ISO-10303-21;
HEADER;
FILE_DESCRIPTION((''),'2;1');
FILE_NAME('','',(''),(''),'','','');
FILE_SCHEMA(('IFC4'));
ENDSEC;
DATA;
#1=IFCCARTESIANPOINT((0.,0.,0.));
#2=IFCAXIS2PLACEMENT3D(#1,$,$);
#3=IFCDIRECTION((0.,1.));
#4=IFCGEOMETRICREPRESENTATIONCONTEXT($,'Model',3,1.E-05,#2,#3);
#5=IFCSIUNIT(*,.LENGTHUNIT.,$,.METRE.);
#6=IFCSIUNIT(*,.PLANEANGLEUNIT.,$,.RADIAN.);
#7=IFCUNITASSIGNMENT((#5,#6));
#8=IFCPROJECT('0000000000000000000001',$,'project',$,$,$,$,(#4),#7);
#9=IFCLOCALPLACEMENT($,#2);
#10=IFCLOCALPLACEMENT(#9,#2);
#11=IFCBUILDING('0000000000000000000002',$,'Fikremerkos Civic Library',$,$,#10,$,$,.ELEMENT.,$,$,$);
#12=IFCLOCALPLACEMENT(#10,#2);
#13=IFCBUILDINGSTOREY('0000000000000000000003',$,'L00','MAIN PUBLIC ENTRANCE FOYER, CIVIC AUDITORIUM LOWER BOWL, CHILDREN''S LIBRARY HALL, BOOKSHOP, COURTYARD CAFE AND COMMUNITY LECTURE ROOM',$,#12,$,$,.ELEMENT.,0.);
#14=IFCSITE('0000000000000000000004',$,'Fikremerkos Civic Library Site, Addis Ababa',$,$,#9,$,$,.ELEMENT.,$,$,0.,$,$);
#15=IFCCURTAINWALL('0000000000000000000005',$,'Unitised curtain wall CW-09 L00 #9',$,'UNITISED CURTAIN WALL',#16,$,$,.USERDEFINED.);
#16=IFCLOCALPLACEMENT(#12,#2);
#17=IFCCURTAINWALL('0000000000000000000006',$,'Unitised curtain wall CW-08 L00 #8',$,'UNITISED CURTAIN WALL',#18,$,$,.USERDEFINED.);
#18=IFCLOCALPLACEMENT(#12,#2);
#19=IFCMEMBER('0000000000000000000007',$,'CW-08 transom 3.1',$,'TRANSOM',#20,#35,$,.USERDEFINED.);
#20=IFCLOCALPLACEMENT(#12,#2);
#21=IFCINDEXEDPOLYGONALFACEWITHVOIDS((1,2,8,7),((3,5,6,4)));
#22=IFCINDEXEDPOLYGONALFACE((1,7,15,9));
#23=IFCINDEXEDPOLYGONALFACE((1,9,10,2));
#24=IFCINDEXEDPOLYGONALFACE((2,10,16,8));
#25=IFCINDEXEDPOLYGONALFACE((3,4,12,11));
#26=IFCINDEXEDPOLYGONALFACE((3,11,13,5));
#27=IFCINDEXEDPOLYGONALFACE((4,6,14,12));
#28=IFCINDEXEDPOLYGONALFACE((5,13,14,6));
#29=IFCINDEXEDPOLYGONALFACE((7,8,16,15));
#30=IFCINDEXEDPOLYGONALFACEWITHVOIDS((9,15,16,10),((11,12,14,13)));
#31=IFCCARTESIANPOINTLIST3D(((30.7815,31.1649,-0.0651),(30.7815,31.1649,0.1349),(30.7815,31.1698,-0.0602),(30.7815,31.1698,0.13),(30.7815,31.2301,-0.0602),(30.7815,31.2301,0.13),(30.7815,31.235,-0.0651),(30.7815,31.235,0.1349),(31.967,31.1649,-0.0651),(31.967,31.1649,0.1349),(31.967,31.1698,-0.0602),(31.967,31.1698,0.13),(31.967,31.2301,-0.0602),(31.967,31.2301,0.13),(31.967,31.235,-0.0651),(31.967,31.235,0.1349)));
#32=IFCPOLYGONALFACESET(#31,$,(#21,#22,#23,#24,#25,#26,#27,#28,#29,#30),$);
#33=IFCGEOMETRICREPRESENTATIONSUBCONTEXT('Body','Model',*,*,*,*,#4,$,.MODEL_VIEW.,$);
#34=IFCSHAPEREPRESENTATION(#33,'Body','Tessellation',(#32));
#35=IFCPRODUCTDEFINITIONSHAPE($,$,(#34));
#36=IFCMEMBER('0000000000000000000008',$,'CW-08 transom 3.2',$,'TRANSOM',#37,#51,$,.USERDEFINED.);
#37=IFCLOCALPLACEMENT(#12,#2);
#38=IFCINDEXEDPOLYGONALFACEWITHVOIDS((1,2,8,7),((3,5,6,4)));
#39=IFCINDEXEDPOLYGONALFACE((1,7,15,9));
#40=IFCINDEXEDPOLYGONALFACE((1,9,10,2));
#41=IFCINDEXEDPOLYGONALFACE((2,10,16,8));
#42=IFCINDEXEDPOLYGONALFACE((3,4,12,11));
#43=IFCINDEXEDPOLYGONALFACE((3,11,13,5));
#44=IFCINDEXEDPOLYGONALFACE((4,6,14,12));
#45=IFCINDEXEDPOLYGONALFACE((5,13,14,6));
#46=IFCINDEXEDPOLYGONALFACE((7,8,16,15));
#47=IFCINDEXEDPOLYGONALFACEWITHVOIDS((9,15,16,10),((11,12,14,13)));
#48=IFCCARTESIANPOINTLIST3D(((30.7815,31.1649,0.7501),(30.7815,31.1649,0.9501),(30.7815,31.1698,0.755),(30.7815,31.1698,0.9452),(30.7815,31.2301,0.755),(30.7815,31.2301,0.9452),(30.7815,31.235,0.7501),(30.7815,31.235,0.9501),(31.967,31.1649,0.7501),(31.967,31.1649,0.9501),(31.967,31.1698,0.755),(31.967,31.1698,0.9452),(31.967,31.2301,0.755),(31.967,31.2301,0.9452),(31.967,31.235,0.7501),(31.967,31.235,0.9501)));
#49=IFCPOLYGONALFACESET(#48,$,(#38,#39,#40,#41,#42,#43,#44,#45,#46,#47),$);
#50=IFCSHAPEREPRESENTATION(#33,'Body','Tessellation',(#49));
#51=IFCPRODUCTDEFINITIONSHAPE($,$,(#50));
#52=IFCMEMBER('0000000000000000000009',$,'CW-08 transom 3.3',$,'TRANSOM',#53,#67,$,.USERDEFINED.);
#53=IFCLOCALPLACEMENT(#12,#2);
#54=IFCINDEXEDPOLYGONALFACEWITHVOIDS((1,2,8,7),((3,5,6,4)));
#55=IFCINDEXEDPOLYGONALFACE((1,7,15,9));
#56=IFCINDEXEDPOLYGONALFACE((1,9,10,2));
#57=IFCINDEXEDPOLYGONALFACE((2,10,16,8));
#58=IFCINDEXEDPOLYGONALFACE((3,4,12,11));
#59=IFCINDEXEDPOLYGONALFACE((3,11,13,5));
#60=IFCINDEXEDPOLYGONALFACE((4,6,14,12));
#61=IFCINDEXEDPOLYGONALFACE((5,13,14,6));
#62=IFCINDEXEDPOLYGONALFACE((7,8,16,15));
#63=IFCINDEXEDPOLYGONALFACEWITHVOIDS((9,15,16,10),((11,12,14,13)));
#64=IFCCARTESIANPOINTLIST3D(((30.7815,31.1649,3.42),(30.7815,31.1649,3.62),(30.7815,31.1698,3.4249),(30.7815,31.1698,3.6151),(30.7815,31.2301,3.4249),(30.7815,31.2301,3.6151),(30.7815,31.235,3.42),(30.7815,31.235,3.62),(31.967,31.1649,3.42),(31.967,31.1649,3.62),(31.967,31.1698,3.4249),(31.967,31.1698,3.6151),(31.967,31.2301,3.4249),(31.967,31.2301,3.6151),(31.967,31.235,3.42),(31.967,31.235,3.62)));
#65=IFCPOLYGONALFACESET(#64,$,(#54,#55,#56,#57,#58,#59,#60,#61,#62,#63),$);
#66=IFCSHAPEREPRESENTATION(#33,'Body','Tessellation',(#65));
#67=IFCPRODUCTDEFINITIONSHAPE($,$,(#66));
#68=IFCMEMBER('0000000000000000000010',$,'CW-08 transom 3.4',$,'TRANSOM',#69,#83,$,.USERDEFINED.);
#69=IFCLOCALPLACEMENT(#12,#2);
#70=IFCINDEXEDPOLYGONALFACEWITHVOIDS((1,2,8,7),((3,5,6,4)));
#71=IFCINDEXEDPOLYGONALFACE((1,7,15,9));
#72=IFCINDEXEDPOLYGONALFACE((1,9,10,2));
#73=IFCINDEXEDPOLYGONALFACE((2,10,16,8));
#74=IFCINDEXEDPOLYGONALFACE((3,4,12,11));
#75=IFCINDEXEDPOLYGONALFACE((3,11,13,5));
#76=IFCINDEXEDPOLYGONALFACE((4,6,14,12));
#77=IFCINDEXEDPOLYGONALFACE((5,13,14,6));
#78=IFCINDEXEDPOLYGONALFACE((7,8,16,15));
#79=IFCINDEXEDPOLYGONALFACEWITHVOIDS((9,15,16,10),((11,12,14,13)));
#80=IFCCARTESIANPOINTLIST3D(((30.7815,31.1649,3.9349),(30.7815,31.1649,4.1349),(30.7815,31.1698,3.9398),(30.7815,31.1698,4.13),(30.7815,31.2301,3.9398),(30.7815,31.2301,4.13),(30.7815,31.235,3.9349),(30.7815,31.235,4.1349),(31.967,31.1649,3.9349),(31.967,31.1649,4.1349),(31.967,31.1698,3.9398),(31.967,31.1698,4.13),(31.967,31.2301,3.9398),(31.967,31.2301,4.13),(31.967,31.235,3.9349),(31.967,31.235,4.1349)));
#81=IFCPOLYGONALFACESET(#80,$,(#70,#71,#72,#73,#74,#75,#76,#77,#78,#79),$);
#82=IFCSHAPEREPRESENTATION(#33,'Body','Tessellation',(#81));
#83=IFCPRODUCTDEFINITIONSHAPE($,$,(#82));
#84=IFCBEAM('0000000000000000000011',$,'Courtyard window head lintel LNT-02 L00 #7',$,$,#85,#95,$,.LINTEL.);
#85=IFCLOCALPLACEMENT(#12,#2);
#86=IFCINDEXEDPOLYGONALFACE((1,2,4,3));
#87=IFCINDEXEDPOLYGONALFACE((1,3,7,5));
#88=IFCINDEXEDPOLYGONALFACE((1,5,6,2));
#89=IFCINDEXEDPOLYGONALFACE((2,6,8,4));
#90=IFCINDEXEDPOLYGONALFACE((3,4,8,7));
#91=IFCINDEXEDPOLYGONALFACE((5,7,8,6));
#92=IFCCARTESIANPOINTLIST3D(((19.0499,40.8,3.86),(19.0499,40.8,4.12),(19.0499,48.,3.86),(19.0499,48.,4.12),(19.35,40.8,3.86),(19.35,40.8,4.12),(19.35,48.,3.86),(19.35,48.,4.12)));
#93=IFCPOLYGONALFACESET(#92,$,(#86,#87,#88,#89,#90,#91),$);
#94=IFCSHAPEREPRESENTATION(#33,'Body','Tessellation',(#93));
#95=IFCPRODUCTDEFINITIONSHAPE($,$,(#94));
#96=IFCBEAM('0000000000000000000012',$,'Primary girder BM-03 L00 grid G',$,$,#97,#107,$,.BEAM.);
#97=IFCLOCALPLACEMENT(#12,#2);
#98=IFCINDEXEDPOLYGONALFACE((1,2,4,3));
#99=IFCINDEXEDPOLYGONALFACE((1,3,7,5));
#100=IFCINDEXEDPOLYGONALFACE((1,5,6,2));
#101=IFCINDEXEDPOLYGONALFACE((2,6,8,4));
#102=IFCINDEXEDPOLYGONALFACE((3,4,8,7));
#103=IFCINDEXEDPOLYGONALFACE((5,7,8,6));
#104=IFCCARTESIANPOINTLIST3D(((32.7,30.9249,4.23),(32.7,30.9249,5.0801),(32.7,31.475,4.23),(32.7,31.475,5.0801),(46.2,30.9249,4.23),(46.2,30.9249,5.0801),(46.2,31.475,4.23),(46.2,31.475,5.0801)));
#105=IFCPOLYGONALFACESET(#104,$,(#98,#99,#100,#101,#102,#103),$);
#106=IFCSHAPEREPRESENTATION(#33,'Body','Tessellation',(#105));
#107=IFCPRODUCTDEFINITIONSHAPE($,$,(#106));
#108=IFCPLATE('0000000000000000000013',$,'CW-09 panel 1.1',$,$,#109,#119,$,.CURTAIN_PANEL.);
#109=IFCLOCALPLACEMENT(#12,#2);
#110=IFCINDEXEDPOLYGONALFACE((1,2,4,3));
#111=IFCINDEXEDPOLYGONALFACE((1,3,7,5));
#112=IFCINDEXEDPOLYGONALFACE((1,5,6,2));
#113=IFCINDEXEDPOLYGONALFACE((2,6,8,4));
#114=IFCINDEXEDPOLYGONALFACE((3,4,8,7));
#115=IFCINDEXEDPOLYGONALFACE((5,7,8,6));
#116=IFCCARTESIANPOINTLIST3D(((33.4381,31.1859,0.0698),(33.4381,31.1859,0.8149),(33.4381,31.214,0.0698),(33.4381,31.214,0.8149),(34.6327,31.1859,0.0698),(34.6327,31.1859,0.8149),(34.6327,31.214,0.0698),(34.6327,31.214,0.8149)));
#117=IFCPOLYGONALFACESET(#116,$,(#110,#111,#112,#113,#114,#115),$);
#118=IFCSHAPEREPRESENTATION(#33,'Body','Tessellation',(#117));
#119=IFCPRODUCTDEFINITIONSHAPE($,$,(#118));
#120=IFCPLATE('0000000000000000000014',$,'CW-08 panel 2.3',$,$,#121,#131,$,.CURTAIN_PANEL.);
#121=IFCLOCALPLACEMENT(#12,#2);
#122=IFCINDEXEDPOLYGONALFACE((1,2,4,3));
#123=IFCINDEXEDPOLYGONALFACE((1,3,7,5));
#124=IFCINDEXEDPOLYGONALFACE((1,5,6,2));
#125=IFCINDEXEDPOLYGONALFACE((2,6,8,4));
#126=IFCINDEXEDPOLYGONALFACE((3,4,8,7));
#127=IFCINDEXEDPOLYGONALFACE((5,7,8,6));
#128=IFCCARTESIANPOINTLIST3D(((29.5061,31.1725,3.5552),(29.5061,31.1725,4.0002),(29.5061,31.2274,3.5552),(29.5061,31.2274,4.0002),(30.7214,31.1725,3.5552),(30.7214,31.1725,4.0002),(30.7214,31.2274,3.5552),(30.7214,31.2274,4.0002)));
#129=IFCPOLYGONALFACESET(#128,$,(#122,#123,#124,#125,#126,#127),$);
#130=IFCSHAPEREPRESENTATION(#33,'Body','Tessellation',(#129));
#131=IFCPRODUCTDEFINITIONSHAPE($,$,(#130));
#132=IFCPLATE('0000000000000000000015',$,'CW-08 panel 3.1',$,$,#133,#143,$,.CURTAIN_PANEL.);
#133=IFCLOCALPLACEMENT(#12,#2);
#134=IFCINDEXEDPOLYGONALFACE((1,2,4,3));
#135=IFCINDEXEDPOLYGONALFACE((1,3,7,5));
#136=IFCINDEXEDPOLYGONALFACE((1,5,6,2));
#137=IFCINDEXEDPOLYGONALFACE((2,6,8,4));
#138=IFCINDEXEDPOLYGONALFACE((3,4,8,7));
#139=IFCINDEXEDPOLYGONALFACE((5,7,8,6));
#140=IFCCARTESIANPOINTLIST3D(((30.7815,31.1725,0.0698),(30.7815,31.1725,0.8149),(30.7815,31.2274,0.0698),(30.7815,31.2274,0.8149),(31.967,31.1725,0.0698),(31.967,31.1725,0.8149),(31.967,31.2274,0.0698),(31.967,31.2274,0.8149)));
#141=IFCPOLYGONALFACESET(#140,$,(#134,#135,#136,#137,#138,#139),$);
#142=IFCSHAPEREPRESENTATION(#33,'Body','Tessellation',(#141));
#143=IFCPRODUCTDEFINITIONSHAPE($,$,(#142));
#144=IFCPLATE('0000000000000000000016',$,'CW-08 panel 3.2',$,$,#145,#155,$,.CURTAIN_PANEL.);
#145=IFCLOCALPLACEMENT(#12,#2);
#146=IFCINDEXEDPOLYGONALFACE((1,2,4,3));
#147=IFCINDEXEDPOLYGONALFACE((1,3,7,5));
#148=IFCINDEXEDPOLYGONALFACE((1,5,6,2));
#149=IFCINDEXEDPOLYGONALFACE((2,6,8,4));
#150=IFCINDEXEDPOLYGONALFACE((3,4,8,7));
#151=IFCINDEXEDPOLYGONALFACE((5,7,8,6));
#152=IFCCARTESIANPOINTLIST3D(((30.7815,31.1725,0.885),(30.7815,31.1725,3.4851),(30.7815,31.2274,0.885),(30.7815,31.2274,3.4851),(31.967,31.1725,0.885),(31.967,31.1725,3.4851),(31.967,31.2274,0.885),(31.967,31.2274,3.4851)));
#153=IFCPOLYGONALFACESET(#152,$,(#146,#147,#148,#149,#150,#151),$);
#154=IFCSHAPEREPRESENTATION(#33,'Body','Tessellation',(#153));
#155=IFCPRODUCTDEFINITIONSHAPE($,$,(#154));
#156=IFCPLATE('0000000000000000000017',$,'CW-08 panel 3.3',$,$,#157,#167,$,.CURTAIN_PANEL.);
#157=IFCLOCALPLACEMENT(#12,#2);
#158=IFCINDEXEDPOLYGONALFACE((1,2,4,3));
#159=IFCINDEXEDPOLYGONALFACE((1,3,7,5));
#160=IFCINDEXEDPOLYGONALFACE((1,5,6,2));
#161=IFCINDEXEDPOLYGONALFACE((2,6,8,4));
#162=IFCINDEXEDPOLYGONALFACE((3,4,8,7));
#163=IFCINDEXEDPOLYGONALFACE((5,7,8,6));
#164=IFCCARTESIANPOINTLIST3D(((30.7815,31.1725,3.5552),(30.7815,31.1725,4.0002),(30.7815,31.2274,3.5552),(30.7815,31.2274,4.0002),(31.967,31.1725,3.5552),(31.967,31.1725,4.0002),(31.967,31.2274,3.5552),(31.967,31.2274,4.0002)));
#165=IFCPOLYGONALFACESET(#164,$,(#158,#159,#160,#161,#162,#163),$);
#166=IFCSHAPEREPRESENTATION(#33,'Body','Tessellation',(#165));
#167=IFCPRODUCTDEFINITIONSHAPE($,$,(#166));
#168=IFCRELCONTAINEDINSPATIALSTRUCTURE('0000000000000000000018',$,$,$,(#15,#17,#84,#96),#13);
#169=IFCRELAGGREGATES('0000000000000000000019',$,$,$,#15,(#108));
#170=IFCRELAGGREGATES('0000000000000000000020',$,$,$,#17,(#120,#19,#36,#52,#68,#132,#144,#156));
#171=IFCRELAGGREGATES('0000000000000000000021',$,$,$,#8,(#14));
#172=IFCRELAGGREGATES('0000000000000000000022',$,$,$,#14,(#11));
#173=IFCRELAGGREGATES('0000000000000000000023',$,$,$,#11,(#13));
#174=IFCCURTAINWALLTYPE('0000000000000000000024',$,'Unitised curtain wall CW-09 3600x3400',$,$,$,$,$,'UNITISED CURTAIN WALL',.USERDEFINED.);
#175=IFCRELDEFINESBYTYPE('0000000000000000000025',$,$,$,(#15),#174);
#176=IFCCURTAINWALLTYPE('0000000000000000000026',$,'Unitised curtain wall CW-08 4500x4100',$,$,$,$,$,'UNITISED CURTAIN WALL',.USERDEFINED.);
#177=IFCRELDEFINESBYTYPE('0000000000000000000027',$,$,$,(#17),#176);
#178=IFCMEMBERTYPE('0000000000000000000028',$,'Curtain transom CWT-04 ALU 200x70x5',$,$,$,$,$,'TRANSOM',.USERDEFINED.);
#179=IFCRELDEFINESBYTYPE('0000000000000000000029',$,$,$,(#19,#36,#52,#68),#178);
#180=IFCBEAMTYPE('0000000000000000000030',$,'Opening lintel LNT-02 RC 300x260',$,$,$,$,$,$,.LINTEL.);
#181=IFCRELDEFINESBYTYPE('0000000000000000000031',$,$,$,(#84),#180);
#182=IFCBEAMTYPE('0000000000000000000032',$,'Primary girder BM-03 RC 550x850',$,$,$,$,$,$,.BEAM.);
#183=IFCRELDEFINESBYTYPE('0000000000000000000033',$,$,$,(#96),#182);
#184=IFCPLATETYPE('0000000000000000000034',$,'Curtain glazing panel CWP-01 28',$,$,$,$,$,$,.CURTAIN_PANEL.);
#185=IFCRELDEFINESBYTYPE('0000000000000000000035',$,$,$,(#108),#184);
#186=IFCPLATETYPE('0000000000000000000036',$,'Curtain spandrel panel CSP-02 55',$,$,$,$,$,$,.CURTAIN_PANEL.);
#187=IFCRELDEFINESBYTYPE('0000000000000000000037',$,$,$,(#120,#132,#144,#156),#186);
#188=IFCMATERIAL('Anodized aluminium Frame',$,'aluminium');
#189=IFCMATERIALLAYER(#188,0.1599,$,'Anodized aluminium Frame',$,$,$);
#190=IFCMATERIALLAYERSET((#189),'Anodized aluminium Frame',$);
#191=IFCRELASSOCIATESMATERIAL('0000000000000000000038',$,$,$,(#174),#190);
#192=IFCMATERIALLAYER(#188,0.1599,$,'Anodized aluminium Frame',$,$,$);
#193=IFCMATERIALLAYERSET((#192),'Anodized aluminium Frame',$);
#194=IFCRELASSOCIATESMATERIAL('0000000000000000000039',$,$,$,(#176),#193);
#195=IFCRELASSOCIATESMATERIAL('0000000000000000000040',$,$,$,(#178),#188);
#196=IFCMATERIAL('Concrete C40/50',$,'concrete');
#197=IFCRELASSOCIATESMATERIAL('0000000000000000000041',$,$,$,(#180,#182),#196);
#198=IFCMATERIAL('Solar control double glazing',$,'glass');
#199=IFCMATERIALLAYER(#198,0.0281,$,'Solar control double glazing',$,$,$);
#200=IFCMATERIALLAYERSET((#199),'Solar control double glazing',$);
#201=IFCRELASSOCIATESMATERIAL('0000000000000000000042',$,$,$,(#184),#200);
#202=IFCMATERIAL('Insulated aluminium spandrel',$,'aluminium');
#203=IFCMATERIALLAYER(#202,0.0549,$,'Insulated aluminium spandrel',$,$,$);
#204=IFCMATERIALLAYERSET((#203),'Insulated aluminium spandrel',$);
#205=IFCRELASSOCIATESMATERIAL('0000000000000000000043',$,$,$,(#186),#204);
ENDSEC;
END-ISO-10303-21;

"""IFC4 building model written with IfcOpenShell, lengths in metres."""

from ifc_helpers import new_model, si_unit, direction, frame, origin, origin_2d, place, context, subcontext, project, spatial, rectangle, hollow_rectangle, extrude, material, layer, layer_set, material_profile, profile_set, type_object, element, aggregate, save


model = new_model("IFC4")

# Units and contexts
model_context = context("Model", 3, precision=1e-05, world=origin(), true_north=direction((0.0, 1.0)))
body_context = subcontext(model_context, "Body", "Model", "MODEL_VIEW")
ifc_project = project(units=[si_unit("LENGTHUNIT", "METRE"), si_unit("PLANEANGLEUNIT", "RADIAN")], contexts=[model_context])

# Site, building, storey
site_placement = place(None, origin())
site = spatial("IfcSite", under=ifc_project, at=site_placement, Name="Fikremerkos Civic Library Site, Addis Ababa", CompositionType="ELEMENT", RefElevation=0.0)
building_placement = place(site_placement, origin())
building = spatial("IfcBuilding", under=site, at=building_placement, Name="Fikremerkos Civic Library", CompositionType="ELEMENT")
storey_placement = place(building_placement, origin())
storey = spatial("IfcBuildingStorey", under=building, at=storey_placement, Name="L00", Description="MAIN PUBLIC ENTRANCE FOYER, CIVIC AUDITORIUM LOWER BOWL, CHILDREN'S LIBRARY HALL, BOOKSHOP, COURTYARD CAFE AND COMMUNITY LECTURE ROOM", CompositionType="ELEMENT", Elevation=0.0)

# Shared definitions
ifc_material_1 = material(Name="Concrete C40/50", Category="concrete")

# Curtain wall
ifc_material_2 = material(Name="Anodized aluminium Frame", Category="aluminium")
ifc_layer_1 = layer(ifc_material_2, 0.1599, Name="Anodized aluminium Frame")
ifc_layer_set_1 = layer_set([ifc_layer_1], Name="Anodized aluminium Frame")
curtain_wall_type_1 = type_object("IfcCurtainWallType", Name="Unitised curtain wall CW-09 3600x3400", ElementType="UNITISED CURTAIN WALL", PredefinedType="USERDEFINED", material=ifc_layer_set_1)
curtain_wall_1_placement = place(storey_placement, origin())
curtain_wall_1 = element("IfcCurtainWall", 1, at=curtain_wall_1_placement, inside=storey, type_object=curtain_wall_type_1, Name="Unitised curtain wall CW-09 L00 #9", ObjectType="UNITISED CURTAIN WALL", PredefinedType="USERDEFINED")

# Curtain wall
ifc_layer_2 = layer(ifc_material_2, 0.1599, Name="Anodized aluminium Frame")
ifc_layer_set_2 = layer_set([ifc_layer_2], Name="Anodized aluminium Frame")
curtain_wall_type_2 = type_object("IfcCurtainWallType", Name="Unitised curtain wall CW-08 4500x4100", ElementType="UNITISED CURTAIN WALL", PredefinedType="USERDEFINED", material=ifc_layer_set_2)
curtain_wall_2_placement = place(storey_placement, origin())
curtain_wall_2 = element("IfcCurtainWall", 2, at=curtain_wall_2_placement, inside=storey, type_object=curtain_wall_type_2, Name="Unitised curtain wall CW-08 L00 #8", ObjectType="UNITISED CURTAIN WALL", PredefinedType="USERDEFINED")

# Members
ifc_material_profile_1 = material_profile(ifc_material_2, hollow_rectangle(XDim=0.0701, YDim=0.2, WallThickness=0.0049, at=origin_2d()), Name="ALU 200x70x5")
ifc_profile_set_1 = profile_set([ifc_material_profile_1], Name="Anodized aluminium Frame")
member_type_1 = type_object("IfcMemberType", Name="Curtain transom CWT-04 ALU 200x70x5", ElementType="TRANSOM", PredefinedType="USERDEFINED", material=ifc_profile_set_1)
member_1_placement = place(storey_placement, frame((30.7815, 31.2, 0.0349), z_axis=(1.0, 0.0, 0.0), x_axis=(0.0, 1.0, 0.0)))
member_1 = element("IfcMember", 3, at=member_1_placement, type_object=member_type_1, Name="CW-08 transom 3.1", ObjectType="TRANSOM", PredefinedType="USERDEFINED", context=body_context, shape_type="SweptSolid", body=[
    extrude(hollow_rectangle(XDim=0.0701, YDim=0.2, WallThickness=0.0049, at=origin_2d()), origin(), (0.0, 0.0, 1.0), 1.1855),
])
member_2_placement = place(storey_placement, frame((30.7815, 31.2, 0.8501), z_axis=(1.0, 0.0, 0.0), x_axis=(0.0, 1.0, 0.0)))
member_2 = element("IfcMember", 4, at=member_2_placement, type_object=member_type_1, Name="CW-08 transom 3.2", ObjectType="TRANSOM", PredefinedType="USERDEFINED", context=body_context, shape_type="SweptSolid", body=[
    extrude(hollow_rectangle(XDim=0.0701, YDim=0.2, WallThickness=0.0049, at=origin_2d()), origin(), (0.0, 0.0, 1.0), 1.1855),
])
member_3_placement = place(storey_placement, frame((30.7815, 31.2, 3.52), z_axis=(1.0, 0.0, 0.0), x_axis=(0.0, 1.0, 0.0)))
member_3 = element("IfcMember", 5, at=member_3_placement, type_object=member_type_1, Name="CW-08 transom 3.3", ObjectType="TRANSOM", PredefinedType="USERDEFINED", context=body_context, shape_type="SweptSolid", body=[
    extrude(hollow_rectangle(XDim=0.0701, YDim=0.2, WallThickness=0.0049, at=origin_2d()), origin(), (0.0, 0.0, 1.0), 1.1855),
])
member_4_placement = place(storey_placement, frame((30.7815, 31.2, 4.0349), z_axis=(1.0, 0.0, 0.0), x_axis=(0.0, 1.0, 0.0)))
member_4 = element("IfcMember", 6, at=member_4_placement, type_object=member_type_1, Name="CW-08 transom 3.4", ObjectType="TRANSOM", PredefinedType="USERDEFINED", context=body_context, shape_type="SweptSolid", body=[
    extrude(hollow_rectangle(XDim=0.0701, YDim=0.2, WallThickness=0.0049, at=origin_2d()), origin(), (0.0, 0.0, 1.0), 1.1855),
])

# Beams
ifc_material_profile_2 = material_profile(ifc_material_1, rectangle(XDim=0.3, YDim=0.26, at=origin_2d()), Name="RC 300x260")
ifc_profile_set_2 = profile_set([ifc_material_profile_2], Name="Concrete C40/50")
beam_type_1 = type_object("IfcBeamType", Name="Opening lintel LNT-02 RC 300x260", PredefinedType="LINTEL", material=ifc_profile_set_2)
beam_1_placement = place(storey_placement, frame((19.2, 48.0, 3.99), z_axis=(0.0, -1.0, 0.0), x_axis=(1.0, 0.0, 0.0)))
element("IfcBeam", 7, at=beam_1_placement, inside=storey, type_object=beam_type_1, Name="Courtyard window head lintel LNT-02 L00 #7", PredefinedType="LINTEL", context=body_context, shape_type="SweptSolid", body=[
    extrude(rectangle(XDim=0.3, YDim=0.26, at=origin_2d()), origin(), (0.0, 0.0, 1.0), 7.2),
])
ifc_material_profile_3 = material_profile(ifc_material_1, rectangle(XDim=0.55, YDim=0.8501, at=origin_2d()), Name="RC 550x850")
ifc_profile_set_3 = profile_set([ifc_material_profile_3], Name="Concrete C40/50")
beam_type_2 = type_object("IfcBeamType", Name="Primary girder BM-03 RC 550x850", PredefinedType="BEAM", material=ifc_profile_set_3)
beam_2_placement = place(storey_placement, frame((32.7, 31.2, 4.655), z_axis=(1.0, 0.0, 0.0), x_axis=(0.0, 1.0, 0.0)))
element("IfcBeam", 8, at=beam_2_placement, inside=storey, type_object=beam_type_2, Name="Primary girder BM-03 L00 grid G", PredefinedType="BEAM", context=body_context, shape_type="SweptSolid", body=[
    extrude(rectangle(XDim=0.55, YDim=0.8501, at=origin_2d()), origin(), (0.0, 0.0, 1.0), 13.5),
])

# Plates
ifc_material_3 = material(Name="Solar control double glazing", Category="glass")
ifc_layer_3 = layer(ifc_material_3, 0.0281, Name="Solar control double glazing")
ifc_layer_set_3 = layer_set([ifc_layer_3], Name="Solar control double glazing")
plate_type_1 = type_object("IfcPlateType", Name="Curtain glazing panel CWP-01 28", PredefinedType="CURTAIN_PANEL", material=ifc_layer_set_3)
plate_1_placement = place(storey_placement, frame((34.0354, 31.2, 0.0698), z_axis=(0.0, 0.0, 1.0), x_axis=(1.0, 0.0, 0.0)))
plate_1 = element("IfcPlate", 9, at=plate_1_placement, type_object=plate_type_1, Name="CW-09 panel 1.1", PredefinedType="CURTAIN_PANEL", context=body_context, shape_type="SweptSolid", body=[
    extrude(rectangle(XDim=1.1946, YDim=0.0281, at=origin_2d()), origin(), (0.0, 0.0, 1.0), 0.7451),
])
aggregate(curtain_wall_1, [plate_1])
ifc_material_4 = material(Name="Insulated aluminium spandrel", Category="aluminium")
ifc_layer_4 = layer(ifc_material_4, 0.0549, Name="Insulated aluminium spandrel")
ifc_layer_set_4 = layer_set([ifc_layer_4], Name="Insulated aluminium spandrel")
plate_type_2 = type_object("IfcPlateType", Name="Curtain spandrel panel CSP-02 55", PredefinedType="CURTAIN_PANEL", material=ifc_layer_set_4)
plate_2_placement = place(storey_placement, frame((30.1138, 31.2, 3.5552), z_axis=(0.0, 0.0, 1.0), x_axis=(1.0, 0.0, 0.0)))
plate_2 = element("IfcPlate", 10, at=plate_2_placement, type_object=plate_type_2, Name="CW-08 panel 2.3", PredefinedType="CURTAIN_PANEL", context=body_context, shape_type="SweptSolid", body=[
    extrude(rectangle(XDim=1.2153, YDim=0.0549, at=origin_2d()), origin(), (0.0, 0.0, 1.0), 0.4451),
])
plate_3_placement = place(storey_placement, frame((31.3743, 31.2, 0.0698), z_axis=(0.0, 0.0, 1.0), x_axis=(1.0, 0.0, 0.0)))
plate_3 = element("IfcPlate", 11, at=plate_3_placement, type_object=plate_type_2, Name="CW-08 panel 3.1", PredefinedType="CURTAIN_PANEL", context=body_context, shape_type="SweptSolid", body=[
    extrude(rectangle(XDim=1.1855, YDim=0.0549, at=origin_2d()), origin(), (0.0, 0.0, 1.0), 0.7451),
])
plate_4_placement = place(storey_placement, frame((31.3743, 31.2, 0.885), z_axis=(0.0, 0.0, 1.0), x_axis=(1.0, 0.0, 0.0)))
plate_4 = element("IfcPlate", 12, at=plate_4_placement, type_object=plate_type_2, Name="CW-08 panel 3.2", PredefinedType="CURTAIN_PANEL", context=body_context, shape_type="SweptSolid", body=[
    extrude(rectangle(XDim=1.1855, YDim=0.0549, at=origin_2d()), origin(), (0.0, 0.0, 1.0), 2.6001),
])
plate_5_placement = place(storey_placement, frame((31.3743, 31.2, 3.5552), z_axis=(0.0, 0.0, 1.0), x_axis=(1.0, 0.0, 0.0)))
plate_5 = element("IfcPlate", 13, at=plate_5_placement, type_object=plate_type_2, Name="CW-08 panel 3.3", PredefinedType="CURTAIN_PANEL", context=body_context, shape_type="SweptSolid", body=[
    extrude(rectangle(XDim=1.1855, YDim=0.0549, at=origin_2d()), origin(), (0.0, 0.0, 1.0), 0.4451),
])
aggregate(curtain_wall_2, [plate_2, member_1, member_2, member_3, member_4, plate_3, plate_4, plate_5])

save(model, "model.ifc")
